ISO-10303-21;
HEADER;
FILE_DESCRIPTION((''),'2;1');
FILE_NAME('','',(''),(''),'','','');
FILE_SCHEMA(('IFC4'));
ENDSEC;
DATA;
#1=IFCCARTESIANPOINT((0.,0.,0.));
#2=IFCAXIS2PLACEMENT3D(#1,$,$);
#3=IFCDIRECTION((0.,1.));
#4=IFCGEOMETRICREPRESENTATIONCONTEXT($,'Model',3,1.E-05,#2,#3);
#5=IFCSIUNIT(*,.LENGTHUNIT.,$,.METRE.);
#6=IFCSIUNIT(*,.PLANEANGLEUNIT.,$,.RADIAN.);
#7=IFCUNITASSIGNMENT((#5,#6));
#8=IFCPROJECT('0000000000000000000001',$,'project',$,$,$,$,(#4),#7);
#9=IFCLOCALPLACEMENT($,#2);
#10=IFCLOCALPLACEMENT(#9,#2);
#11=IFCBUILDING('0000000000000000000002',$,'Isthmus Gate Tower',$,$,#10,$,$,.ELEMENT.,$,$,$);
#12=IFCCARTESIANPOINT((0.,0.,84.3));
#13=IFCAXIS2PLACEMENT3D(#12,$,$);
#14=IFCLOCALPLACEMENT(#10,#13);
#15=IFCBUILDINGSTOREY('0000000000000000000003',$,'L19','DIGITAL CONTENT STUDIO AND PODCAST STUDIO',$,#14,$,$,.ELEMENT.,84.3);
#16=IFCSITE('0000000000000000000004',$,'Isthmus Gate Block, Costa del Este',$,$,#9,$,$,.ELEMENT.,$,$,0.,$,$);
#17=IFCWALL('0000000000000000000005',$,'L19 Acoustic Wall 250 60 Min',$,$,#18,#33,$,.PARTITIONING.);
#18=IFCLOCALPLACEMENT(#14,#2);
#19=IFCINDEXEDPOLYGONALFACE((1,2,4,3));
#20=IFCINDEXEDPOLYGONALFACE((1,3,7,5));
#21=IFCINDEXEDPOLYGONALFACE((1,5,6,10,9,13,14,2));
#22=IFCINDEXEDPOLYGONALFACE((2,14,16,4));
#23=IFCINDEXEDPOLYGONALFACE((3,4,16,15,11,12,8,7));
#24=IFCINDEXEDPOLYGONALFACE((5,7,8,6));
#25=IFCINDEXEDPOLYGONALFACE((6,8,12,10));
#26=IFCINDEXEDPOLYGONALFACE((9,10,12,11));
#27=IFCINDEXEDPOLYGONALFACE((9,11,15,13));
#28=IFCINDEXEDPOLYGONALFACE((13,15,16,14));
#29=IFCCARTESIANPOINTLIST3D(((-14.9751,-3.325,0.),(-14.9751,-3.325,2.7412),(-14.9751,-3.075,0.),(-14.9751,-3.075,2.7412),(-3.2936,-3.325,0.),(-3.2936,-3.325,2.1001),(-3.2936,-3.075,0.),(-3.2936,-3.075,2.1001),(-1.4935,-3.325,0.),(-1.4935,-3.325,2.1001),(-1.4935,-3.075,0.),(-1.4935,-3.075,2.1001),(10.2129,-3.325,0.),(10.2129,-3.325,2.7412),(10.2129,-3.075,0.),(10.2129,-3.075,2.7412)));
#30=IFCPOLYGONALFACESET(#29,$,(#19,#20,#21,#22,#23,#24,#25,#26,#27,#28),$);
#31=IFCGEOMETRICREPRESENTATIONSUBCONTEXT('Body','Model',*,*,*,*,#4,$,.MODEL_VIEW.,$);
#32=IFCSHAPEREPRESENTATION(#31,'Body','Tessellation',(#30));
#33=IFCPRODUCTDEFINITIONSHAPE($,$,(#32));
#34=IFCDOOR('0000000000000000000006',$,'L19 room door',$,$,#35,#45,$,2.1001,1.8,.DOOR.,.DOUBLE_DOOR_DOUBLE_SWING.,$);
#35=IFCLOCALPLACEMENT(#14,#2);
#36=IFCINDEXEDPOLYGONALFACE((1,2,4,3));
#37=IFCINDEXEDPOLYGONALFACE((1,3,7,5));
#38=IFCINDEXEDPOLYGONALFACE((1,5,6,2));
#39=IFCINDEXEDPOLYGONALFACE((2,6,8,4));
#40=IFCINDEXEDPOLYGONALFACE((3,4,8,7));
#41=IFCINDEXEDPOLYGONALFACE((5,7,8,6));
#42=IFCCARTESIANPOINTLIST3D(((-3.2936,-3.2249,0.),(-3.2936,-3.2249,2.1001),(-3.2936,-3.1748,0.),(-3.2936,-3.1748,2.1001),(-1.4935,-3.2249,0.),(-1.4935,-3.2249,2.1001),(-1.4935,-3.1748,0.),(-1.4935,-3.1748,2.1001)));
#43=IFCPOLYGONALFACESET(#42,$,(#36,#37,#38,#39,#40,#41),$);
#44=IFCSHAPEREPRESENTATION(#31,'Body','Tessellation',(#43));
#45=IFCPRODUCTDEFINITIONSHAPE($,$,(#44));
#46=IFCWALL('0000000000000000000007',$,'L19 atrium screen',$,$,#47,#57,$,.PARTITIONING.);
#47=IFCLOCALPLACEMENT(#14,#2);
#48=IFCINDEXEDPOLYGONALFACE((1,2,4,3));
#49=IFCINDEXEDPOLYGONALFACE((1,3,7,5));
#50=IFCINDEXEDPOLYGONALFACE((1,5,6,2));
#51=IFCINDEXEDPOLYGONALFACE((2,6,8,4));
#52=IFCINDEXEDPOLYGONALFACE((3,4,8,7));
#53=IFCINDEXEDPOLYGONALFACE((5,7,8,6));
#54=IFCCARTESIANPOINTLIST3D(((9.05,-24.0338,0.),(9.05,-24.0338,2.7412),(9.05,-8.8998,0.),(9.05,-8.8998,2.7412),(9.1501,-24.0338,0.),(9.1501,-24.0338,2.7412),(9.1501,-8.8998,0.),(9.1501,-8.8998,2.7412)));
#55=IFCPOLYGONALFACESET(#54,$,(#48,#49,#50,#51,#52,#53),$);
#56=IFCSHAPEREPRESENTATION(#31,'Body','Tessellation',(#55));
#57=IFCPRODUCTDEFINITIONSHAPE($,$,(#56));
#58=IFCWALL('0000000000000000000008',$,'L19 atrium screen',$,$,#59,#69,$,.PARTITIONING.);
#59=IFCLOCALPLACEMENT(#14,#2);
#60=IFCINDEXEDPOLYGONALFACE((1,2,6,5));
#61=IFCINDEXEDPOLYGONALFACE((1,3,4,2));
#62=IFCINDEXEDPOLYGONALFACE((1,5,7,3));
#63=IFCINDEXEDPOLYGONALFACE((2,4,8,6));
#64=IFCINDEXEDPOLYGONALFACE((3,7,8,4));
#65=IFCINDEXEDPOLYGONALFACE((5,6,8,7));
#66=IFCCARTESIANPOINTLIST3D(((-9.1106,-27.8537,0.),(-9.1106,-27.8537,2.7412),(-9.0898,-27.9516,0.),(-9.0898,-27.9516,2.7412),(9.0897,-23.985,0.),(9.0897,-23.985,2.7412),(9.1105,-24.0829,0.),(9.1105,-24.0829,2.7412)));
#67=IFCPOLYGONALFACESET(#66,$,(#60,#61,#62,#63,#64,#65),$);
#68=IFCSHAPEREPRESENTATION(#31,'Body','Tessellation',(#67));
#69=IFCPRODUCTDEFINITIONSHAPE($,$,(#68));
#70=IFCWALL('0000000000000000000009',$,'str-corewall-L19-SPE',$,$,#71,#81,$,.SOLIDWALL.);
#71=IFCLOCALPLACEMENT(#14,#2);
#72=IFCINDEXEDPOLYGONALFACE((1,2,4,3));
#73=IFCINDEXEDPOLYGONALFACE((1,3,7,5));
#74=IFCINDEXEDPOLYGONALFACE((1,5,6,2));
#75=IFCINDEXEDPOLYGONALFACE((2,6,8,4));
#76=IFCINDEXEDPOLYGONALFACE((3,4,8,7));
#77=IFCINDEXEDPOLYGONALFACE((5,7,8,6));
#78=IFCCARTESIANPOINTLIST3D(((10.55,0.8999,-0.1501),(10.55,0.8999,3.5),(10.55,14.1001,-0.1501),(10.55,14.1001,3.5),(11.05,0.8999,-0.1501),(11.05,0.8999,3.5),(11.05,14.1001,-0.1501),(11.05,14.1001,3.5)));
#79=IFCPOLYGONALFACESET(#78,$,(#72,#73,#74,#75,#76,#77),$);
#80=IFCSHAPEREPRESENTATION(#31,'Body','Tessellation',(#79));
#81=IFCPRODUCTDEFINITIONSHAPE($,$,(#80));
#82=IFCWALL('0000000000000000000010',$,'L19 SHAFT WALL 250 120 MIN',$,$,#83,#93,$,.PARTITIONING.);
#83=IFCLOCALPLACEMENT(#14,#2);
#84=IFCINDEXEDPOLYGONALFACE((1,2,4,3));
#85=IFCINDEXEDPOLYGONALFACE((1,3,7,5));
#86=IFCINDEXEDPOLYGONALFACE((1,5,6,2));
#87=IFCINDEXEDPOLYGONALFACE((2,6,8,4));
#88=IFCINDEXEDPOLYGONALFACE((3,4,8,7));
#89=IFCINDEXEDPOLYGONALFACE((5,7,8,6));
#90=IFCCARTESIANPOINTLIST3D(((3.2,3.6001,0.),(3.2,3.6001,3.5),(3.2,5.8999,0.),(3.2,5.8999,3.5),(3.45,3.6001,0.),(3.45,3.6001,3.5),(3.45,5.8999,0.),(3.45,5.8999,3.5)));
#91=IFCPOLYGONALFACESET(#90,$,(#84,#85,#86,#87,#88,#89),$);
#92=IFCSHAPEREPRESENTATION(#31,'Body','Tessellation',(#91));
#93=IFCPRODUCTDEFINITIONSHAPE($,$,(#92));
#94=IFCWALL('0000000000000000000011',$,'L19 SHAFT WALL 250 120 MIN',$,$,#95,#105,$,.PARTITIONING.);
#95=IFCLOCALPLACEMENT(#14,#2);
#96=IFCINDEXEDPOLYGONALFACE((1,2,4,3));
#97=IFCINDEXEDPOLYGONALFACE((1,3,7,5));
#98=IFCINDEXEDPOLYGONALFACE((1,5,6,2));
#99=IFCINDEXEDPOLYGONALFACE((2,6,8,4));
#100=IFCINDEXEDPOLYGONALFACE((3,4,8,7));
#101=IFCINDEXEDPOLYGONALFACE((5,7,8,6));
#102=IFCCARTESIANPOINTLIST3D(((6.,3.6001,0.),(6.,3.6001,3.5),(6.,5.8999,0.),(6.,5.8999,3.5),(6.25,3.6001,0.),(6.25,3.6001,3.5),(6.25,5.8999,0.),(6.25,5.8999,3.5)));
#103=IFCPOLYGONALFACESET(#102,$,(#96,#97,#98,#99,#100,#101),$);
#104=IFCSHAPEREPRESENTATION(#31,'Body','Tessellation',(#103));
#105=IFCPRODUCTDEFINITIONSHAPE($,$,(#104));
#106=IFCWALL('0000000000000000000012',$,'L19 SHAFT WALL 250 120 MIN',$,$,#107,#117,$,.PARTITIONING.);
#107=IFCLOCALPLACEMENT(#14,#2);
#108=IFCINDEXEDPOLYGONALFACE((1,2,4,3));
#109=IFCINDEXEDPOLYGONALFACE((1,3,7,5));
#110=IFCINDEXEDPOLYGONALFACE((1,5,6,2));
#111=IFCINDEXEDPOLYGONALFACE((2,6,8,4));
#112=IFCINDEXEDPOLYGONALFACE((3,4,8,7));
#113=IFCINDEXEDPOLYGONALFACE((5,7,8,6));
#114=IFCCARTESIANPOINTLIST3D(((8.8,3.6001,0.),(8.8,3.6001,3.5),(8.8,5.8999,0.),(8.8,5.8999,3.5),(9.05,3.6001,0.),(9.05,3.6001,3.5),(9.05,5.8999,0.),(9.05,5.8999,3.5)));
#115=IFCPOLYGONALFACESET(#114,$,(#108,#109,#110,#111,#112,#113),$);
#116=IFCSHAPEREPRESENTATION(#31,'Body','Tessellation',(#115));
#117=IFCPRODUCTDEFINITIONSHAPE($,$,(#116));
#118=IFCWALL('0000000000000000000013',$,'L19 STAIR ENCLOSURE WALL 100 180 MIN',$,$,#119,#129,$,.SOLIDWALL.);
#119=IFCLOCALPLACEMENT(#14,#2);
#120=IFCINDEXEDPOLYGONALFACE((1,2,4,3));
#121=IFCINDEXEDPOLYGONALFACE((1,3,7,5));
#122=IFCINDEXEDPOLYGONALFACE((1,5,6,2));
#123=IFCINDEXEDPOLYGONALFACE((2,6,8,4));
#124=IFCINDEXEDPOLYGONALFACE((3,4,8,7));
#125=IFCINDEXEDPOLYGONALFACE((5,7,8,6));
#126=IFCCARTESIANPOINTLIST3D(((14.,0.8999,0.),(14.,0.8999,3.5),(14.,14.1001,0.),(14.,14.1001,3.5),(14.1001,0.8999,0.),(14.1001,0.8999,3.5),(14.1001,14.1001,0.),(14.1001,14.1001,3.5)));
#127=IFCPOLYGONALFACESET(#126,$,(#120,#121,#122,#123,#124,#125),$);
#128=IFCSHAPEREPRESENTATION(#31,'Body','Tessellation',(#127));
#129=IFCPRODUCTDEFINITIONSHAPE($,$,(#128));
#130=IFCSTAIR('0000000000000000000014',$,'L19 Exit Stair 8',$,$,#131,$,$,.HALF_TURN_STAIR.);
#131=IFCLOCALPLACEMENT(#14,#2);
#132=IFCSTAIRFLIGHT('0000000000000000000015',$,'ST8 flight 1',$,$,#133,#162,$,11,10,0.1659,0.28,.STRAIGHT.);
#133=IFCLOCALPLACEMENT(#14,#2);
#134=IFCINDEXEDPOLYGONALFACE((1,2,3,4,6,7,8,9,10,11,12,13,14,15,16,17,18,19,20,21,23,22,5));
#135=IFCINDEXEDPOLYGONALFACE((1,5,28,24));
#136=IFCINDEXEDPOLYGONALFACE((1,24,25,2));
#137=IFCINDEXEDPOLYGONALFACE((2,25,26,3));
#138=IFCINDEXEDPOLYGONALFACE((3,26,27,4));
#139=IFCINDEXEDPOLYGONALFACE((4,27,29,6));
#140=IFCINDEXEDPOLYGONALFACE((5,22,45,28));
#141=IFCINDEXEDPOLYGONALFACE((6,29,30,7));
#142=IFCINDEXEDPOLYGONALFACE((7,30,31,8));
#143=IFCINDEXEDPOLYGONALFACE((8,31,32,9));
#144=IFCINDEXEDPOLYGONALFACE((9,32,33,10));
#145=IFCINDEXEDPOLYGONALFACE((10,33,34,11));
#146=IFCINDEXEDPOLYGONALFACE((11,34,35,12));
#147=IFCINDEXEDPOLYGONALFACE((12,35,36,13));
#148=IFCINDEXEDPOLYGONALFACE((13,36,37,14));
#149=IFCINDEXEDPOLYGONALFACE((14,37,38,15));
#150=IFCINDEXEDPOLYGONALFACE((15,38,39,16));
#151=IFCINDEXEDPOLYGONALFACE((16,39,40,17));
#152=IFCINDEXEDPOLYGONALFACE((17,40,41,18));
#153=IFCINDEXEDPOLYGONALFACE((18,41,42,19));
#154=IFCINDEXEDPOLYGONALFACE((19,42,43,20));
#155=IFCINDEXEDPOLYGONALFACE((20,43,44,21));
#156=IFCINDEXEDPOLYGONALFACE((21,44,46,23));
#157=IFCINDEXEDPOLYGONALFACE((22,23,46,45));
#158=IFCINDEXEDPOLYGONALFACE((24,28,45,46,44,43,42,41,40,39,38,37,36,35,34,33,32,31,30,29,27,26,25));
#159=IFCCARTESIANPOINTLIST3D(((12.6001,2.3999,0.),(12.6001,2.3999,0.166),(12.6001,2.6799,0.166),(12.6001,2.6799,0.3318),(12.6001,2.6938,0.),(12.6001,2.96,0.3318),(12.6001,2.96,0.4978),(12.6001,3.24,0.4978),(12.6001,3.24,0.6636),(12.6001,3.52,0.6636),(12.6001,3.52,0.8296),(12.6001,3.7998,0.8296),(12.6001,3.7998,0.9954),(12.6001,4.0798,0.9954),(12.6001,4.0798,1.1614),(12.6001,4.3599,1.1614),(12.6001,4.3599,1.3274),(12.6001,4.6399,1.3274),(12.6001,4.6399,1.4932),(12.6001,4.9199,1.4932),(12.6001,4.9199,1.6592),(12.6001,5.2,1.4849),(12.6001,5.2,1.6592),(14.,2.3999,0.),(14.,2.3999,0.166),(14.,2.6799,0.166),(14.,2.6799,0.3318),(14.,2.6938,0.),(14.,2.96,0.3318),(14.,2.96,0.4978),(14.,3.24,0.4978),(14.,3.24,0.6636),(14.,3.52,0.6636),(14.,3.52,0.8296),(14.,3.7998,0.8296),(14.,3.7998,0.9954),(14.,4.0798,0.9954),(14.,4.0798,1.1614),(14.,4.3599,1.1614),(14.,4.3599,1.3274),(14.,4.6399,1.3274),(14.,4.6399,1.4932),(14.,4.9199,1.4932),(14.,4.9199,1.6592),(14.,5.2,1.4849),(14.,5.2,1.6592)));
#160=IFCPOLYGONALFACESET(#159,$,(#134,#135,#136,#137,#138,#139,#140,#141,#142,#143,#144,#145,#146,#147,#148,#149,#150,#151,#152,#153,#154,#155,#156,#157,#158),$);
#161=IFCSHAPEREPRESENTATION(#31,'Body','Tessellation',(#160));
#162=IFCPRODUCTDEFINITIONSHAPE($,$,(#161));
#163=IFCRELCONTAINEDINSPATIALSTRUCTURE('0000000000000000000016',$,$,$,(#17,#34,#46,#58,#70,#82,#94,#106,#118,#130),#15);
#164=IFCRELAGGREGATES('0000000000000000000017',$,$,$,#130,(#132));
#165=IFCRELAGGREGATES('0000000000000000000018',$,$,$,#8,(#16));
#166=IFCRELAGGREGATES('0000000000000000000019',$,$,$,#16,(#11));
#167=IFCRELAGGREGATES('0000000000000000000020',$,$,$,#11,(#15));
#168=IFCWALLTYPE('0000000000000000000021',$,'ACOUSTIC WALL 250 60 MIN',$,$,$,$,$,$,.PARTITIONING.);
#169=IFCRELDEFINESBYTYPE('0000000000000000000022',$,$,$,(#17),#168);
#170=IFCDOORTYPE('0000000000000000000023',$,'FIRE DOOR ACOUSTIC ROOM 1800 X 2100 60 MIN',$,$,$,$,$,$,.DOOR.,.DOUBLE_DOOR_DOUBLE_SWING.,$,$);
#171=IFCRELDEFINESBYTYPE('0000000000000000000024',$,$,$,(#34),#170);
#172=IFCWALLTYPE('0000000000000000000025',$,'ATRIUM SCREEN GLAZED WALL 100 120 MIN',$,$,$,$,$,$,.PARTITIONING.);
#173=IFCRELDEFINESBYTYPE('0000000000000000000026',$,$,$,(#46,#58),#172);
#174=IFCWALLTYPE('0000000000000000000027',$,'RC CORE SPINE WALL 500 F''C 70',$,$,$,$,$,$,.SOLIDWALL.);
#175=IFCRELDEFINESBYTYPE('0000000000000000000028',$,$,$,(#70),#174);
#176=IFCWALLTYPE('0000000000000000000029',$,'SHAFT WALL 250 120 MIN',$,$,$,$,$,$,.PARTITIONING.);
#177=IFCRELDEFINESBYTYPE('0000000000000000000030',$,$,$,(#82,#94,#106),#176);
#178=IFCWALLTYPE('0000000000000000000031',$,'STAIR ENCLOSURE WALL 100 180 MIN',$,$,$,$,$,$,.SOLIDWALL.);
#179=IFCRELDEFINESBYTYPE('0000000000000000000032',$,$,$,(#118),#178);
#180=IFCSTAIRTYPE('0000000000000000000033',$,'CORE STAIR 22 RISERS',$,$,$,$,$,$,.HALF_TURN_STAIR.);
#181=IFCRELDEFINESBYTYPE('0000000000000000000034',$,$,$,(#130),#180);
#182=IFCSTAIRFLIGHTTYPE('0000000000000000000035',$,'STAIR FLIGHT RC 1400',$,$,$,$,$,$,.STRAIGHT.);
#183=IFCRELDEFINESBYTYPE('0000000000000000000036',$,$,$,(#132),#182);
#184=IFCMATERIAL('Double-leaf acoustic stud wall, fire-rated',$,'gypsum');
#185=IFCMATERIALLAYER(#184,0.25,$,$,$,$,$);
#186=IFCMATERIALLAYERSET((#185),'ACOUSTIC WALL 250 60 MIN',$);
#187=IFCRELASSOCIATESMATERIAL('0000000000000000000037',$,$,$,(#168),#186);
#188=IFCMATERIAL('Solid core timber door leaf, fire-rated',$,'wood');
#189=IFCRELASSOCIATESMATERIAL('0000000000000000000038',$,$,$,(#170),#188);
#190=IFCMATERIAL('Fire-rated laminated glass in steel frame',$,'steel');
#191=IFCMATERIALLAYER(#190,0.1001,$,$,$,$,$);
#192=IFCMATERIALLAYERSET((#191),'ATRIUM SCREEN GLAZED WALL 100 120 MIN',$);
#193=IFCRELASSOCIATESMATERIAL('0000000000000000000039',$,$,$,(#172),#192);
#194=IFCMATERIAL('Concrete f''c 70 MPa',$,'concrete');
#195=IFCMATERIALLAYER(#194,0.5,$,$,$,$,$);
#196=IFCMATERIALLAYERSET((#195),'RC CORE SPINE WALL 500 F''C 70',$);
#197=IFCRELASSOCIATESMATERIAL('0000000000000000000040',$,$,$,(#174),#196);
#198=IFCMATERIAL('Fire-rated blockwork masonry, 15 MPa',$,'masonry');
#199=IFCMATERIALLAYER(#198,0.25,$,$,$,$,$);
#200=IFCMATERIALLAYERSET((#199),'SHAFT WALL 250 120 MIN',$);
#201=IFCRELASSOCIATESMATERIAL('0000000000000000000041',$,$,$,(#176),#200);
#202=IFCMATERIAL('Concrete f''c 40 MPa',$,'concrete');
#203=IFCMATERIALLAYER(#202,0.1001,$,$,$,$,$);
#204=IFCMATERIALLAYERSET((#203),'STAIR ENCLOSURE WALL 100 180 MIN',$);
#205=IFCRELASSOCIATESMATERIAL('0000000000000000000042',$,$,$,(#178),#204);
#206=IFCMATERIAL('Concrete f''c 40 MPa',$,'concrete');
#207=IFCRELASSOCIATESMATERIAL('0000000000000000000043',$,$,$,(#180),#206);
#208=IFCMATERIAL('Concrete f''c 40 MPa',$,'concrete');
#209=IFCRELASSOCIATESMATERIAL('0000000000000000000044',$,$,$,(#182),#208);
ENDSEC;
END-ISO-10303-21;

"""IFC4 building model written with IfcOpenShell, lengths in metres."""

from ifc_helpers import new_model, si_unit, direction, frame, frame_2d, origin, place, context, subcontext, project, spatial, polyline, rectangle, outline, extrude, material, layer, layer_set, type_object, element, fill, aggregate, save


model = new_model("IFC4")

# Units and contexts
model_context = context("Model", 3, precision=1e-05, world=origin(), true_north=direction((0.0, 1.0)))
body_context = subcontext(model_context, "Body", "Model", "MODEL_VIEW")
ifc_project = project(units=[si_unit("LENGTHUNIT", "METRE"), si_unit("PLANEANGLEUNIT", "RADIAN")], contexts=[model_context])

# Site, building, storey
site_placement = place(None, origin())
site = spatial("IfcSite", under=ifc_project, at=site_placement, Name="Isthmus Gate Block, Costa del Este", CompositionType="ELEMENT", RefElevation=0.0)
building_placement = place(site_placement, origin())
building = spatial("IfcBuilding", under=site, at=building_placement, Name="Isthmus Gate Tower", CompositionType="ELEMENT")
storey_placement = place(building_placement, frame((0.0, 0.0, 84.3)))
storey = spatial("IfcBuildingStorey", under=building, at=storey_placement, Name="L19", Description="DIGITAL CONTENT STUDIO AND PODCAST STUDIO", CompositionType="ELEMENT", Elevation=84.3)

# Wall, opening, door
ifc_material_1 = material(Name="Double-leaf acoustic stud wall, fire-rated", Category="gypsum")
ifc_layer_1 = layer(ifc_material_1, 0.25)
ifc_layer_set_1 = layer_set([ifc_layer_1], Name="ACOUSTIC WALL 250 60 MIN")
wall_type_1 = type_object("IfcWallType", Name="ACOUSTIC WALL 250 60 MIN", PredefinedType="PARTITIONING", material=ifc_layer_set_1)
wall_1_placement = place(storey_placement, frame((10.2129, -3.2, 0.0), z_axis=(0.0, 0.0, 1.0), x_axis=(-1.0, 0.0, 0.0)))
wall_1 = element("IfcWall", 1, at=wall_1_placement, inside=storey, type_object=wall_type_1, Name="L19 Acoustic Wall 250 60 Min", PredefinedType="PARTITIONING", context=body_context, shape_type="SweptSolid", body=[
    extrude(rectangle(XDim=25.188, YDim=0.25, at=frame_2d((12.594, 0.0))), origin(), (0.0, 0.0, 1.0), 2.7412),
])
opening_placement = place(wall_1_placement, frame((11.7065, 0.0, 0.0)))
opening = element("IfcOpeningElement", 2, at=opening_placement, cuts=wall_1, PredefinedType="OPENING", context=body_context, shape_type="SweptSolid", body=[
    extrude(rectangle(XDim=1.8, YDim=2.1001, at=frame_2d((0.8999, 1.05))), frame((0.0, 0.135, 0.0), z_axis=(0.0, -1.0, 0.0), x_axis=(1.0, 0.0, 0.0)), (0.0, 0.0, 1.0), 0.27),
])
ifc_material_2 = material(Name="Solid core timber door leaf, fire-rated", Category="wood")
door_type = type_object("IfcDoorType", Name="FIRE DOOR ACOUSTIC ROOM 1800 X 2100 60 MIN", OperationType="DOUBLE_DOOR_DOUBLE_SWING", PredefinedType="DOOR", material=ifc_material_2)
door_placement = place(opening_placement, origin())
door = element("IfcDoor", 3, at=door_placement, inside=storey, type_object=door_type, Name="L19 room door", OperationType="DOUBLE_DOOR_DOUBLE_SWING", OverallHeight=2.1001, OverallWidth=1.8, PredefinedType="DOOR", context=body_context, shape_type="SweptSolid", body=[
    extrude(rectangle(XDim=1.8, YDim=2.1001, at=frame_2d((0.8999, 1.05))), frame((0.0, 0.0249, 0.0), z_axis=(0.0, -1.0, 0.0), x_axis=(1.0, 0.0, 0.0)), (0.0, 0.0, 1.0), 0.05),
])
fill(opening, door)

# Walls
ifc_material_3 = material(Name="Fire-rated laminated glass in steel frame", Category="steel")
ifc_layer_2 = layer(ifc_material_3, 0.1001)
ifc_layer_set_2 = layer_set([ifc_layer_2], Name="ATRIUM SCREEN GLAZED WALL 100 120 MIN")
wall_type_2 = type_object("IfcWallType", Name="ATRIUM SCREEN GLAZED WALL 100 120 MIN", PredefinedType="PARTITIONING", material=ifc_layer_set_2)
wall_2_placement = place(storey_placement, frame((9.1001, -8.8999, 0.0), z_axis=(0.0, 0.0, 1.0), x_axis=(0.0, -1.0, 0.0)))
element("IfcWall", 4, at=wall_2_placement, inside=storey, type_object=wall_type_2, Name="L19 atrium screen", PredefinedType="PARTITIONING", context=body_context, shape_type="SweptSolid", body=[
    extrude(rectangle(XDim=15.134, YDim=0.1001, at=frame_2d((7.5669, 0.0))), origin(), (0.0, 0.0, 1.0), 2.7412),
])
wall_3_placement = place(storey_placement, frame((9.1001, -24.0339, 0.0), z_axis=(0.0, 0.0, 1.0), x_axis=(-0.978147, -0.207916, 0.0)))
element("IfcWall", 5, at=wall_3_placement, inside=storey, type_object=wall_type_2, Name="L19 atrium screen", PredefinedType="PARTITIONING", context=body_context, shape_type="SweptSolid", body=[
    extrude(rectangle(XDim=18.6069, YDim=0.1001, at=frame_2d((9.3035, 0.0))), origin(), (0.0, 0.0, 1.0), 2.7412),
])
ifc_material_4 = material(Name="Concrete f'c 70 MPa", Category="concrete")
ifc_layer_3 = layer(ifc_material_4, 0.5)
ifc_layer_set_3 = layer_set([ifc_layer_3], Name="RC CORE SPINE WALL 500 F'C 70")
wall_type_3 = type_object("IfcWallType", Name="RC CORE SPINE WALL 500 F'C 70", PredefinedType="SOLIDWALL", material=ifc_layer_set_3)
wall_4_placement = place(storey_placement, frame((10.8, 0.8999, -0.1501), z_axis=(0.0, 0.0, 1.0), x_axis=(0.0, 1.0, 0.0)))
element("IfcWall", 6, at=wall_4_placement, inside=storey, type_object=wall_type_3, Name="str-corewall-L19-SPE", PredefinedType="SOLIDWALL", context=body_context, shape_type="SweptSolid", body=[
    extrude(rectangle(XDim=13.2002, YDim=0.5, at=frame_2d((6.6001, 0.0))), origin(), (0.0, 0.0, 1.0), 3.6501),
])
ifc_material_5 = material(Name="Fire-rated blockwork masonry, 15 MPa", Category="masonry")
ifc_layer_4 = layer(ifc_material_5, 0.25)
ifc_layer_set_4 = layer_set([ifc_layer_4], Name="SHAFT WALL 250 120 MIN")
wall_type_4 = type_object("IfcWallType", Name="SHAFT WALL 250 120 MIN", PredefinedType="PARTITIONING", material=ifc_layer_set_4)
for number, where, z_axis, x_axis, name in (
    (7, (3.325, 3.6001, 0.0), (0.0, 0.0, 1.0), (0.0, 1.0, 0.0), "L19 SHAFT WALL 250 120 MIN"),
    (8, (6.125, 3.6001, 0.0), (0.0, 0.0, 1.0), (0.0, 1.0, 0.0), "L19 SHAFT WALL 250 120 MIN"),
    (9, (8.925, 3.6001, 0.0), (0.0, 0.0, 1.0), (0.0, 1.0, 0.0), "L19 SHAFT WALL 250 120 MIN"),
):
    element("IfcWall", number, at=place(storey_placement, frame(where, z_axis=z_axis, x_axis=x_axis)), inside=storey, type_object=wall_type_4, Name=name, PredefinedType="PARTITIONING", context=body_context, shape_type="SweptSolid", body=[
        extrude(rectangle(XDim=2.2998, YDim=0.25, at=frame_2d((1.1499, 0.0))), origin(), (0.0, 0.0, 1.0), 3.5),
    ])
ifc_material_6 = material(Name="Concrete f'c 40 MPa", Category="concrete")
ifc_layer_5 = layer(ifc_material_6, 0.1001)
ifc_layer_set_5 = layer_set([ifc_layer_5], Name="STAIR ENCLOSURE WALL 100 180 MIN")
wall_type_5 = type_object("IfcWallType", Name="STAIR ENCLOSURE WALL 100 180 MIN", PredefinedType="SOLIDWALL", material=ifc_layer_set_5)
wall_5_placement = place(storey_placement, frame((14.05, 0.8999, 0.0), z_axis=(0.0, 0.0, 1.0), x_axis=(0.0, 1.0, 0.0)))
element("IfcWall", 10, at=wall_5_placement, inside=storey, type_object=wall_type_5, Name="L19 STAIR ENCLOSURE WALL 100 180 MIN", PredefinedType="SOLIDWALL", context=body_context, shape_type="SweptSolid", body=[
    extrude(rectangle(XDim=13.2002, YDim=0.1001, at=frame_2d((6.6001, 0.0))), origin(), (0.0, 0.0, 1.0), 3.5),
])

# Stair, stair flight
ifc_material_7 = material(Name="Concrete f'c 40 MPa", Category="concrete")
stair_type = type_object("IfcStairType", Name="CORE STAIR 22 RISERS", PredefinedType="HALF_TURN_STAIR", material=ifc_material_7)
stair_placement = place(storey_placement, origin())
stair = element("IfcStair", 11, at=stair_placement, inside=storey, type_object=stair_type, Name="L19 Exit Stair 8", PredefinedType="HALF_TURN_STAIR")
ifc_material_8 = material(Name="Concrete f'c 40 MPa", Category="concrete")
stair_flight_type = type_object("IfcStairFlightType", Name="STAIR FLIGHT RC 1400", PredefinedType="STRAIGHT", material=ifc_material_8)
stair_flight_placement = place(storey_placement, frame((13.3, 2.3999, 0.0), z_axis=(0.0, 0.0, 1.0), x_axis=(0.0, 1.0, 0.0)))
stair_flight = element("IfcStairFlight", 12, at=stair_flight_placement, type_object=stair_flight_type, Name="ST8 flight 1", NumberOfRisers=11, NumberOfTreads=10, PredefinedType="STRAIGHT", RiserHeight=0.1659, TreadLength=0.28, context=body_context, shape_type="SweptSolid", body=[
    extrude(outline(polyline([(0.0, 0.0), (0.0, 0.166), (0.28, 0.166), (0.28, 0.3318), (0.5601, 0.3318), (0.5601, 0.4978), (0.8401, 0.4978), (0.8401, 0.6636), (1.1201, 0.6636), (1.1201, 0.8296), (1.3999, 0.8296), (1.3999, 0.9954), (1.6799, 0.9954), (1.6799, 1.1614), (1.96, 1.1614), (1.96, 1.3274), (2.24, 1.3274), (2.24, 1.4932), (2.52, 1.4932), (2.52, 1.6592), (2.8, 1.6592), (2.8, 1.825), (2.8, 1.4849), (0.2939, 0.0), (0.0, 0.0)])), frame((0.0, 0.7, 0.0), z_axis=(0.0, -1.0, 0.0), x_axis=(1.0, 0.0, 0.0)), (0.0, 0.0, 1.0), 1.3999),
])
aggregate(stair, [stair_flight])

save(model, "model.ifc")
